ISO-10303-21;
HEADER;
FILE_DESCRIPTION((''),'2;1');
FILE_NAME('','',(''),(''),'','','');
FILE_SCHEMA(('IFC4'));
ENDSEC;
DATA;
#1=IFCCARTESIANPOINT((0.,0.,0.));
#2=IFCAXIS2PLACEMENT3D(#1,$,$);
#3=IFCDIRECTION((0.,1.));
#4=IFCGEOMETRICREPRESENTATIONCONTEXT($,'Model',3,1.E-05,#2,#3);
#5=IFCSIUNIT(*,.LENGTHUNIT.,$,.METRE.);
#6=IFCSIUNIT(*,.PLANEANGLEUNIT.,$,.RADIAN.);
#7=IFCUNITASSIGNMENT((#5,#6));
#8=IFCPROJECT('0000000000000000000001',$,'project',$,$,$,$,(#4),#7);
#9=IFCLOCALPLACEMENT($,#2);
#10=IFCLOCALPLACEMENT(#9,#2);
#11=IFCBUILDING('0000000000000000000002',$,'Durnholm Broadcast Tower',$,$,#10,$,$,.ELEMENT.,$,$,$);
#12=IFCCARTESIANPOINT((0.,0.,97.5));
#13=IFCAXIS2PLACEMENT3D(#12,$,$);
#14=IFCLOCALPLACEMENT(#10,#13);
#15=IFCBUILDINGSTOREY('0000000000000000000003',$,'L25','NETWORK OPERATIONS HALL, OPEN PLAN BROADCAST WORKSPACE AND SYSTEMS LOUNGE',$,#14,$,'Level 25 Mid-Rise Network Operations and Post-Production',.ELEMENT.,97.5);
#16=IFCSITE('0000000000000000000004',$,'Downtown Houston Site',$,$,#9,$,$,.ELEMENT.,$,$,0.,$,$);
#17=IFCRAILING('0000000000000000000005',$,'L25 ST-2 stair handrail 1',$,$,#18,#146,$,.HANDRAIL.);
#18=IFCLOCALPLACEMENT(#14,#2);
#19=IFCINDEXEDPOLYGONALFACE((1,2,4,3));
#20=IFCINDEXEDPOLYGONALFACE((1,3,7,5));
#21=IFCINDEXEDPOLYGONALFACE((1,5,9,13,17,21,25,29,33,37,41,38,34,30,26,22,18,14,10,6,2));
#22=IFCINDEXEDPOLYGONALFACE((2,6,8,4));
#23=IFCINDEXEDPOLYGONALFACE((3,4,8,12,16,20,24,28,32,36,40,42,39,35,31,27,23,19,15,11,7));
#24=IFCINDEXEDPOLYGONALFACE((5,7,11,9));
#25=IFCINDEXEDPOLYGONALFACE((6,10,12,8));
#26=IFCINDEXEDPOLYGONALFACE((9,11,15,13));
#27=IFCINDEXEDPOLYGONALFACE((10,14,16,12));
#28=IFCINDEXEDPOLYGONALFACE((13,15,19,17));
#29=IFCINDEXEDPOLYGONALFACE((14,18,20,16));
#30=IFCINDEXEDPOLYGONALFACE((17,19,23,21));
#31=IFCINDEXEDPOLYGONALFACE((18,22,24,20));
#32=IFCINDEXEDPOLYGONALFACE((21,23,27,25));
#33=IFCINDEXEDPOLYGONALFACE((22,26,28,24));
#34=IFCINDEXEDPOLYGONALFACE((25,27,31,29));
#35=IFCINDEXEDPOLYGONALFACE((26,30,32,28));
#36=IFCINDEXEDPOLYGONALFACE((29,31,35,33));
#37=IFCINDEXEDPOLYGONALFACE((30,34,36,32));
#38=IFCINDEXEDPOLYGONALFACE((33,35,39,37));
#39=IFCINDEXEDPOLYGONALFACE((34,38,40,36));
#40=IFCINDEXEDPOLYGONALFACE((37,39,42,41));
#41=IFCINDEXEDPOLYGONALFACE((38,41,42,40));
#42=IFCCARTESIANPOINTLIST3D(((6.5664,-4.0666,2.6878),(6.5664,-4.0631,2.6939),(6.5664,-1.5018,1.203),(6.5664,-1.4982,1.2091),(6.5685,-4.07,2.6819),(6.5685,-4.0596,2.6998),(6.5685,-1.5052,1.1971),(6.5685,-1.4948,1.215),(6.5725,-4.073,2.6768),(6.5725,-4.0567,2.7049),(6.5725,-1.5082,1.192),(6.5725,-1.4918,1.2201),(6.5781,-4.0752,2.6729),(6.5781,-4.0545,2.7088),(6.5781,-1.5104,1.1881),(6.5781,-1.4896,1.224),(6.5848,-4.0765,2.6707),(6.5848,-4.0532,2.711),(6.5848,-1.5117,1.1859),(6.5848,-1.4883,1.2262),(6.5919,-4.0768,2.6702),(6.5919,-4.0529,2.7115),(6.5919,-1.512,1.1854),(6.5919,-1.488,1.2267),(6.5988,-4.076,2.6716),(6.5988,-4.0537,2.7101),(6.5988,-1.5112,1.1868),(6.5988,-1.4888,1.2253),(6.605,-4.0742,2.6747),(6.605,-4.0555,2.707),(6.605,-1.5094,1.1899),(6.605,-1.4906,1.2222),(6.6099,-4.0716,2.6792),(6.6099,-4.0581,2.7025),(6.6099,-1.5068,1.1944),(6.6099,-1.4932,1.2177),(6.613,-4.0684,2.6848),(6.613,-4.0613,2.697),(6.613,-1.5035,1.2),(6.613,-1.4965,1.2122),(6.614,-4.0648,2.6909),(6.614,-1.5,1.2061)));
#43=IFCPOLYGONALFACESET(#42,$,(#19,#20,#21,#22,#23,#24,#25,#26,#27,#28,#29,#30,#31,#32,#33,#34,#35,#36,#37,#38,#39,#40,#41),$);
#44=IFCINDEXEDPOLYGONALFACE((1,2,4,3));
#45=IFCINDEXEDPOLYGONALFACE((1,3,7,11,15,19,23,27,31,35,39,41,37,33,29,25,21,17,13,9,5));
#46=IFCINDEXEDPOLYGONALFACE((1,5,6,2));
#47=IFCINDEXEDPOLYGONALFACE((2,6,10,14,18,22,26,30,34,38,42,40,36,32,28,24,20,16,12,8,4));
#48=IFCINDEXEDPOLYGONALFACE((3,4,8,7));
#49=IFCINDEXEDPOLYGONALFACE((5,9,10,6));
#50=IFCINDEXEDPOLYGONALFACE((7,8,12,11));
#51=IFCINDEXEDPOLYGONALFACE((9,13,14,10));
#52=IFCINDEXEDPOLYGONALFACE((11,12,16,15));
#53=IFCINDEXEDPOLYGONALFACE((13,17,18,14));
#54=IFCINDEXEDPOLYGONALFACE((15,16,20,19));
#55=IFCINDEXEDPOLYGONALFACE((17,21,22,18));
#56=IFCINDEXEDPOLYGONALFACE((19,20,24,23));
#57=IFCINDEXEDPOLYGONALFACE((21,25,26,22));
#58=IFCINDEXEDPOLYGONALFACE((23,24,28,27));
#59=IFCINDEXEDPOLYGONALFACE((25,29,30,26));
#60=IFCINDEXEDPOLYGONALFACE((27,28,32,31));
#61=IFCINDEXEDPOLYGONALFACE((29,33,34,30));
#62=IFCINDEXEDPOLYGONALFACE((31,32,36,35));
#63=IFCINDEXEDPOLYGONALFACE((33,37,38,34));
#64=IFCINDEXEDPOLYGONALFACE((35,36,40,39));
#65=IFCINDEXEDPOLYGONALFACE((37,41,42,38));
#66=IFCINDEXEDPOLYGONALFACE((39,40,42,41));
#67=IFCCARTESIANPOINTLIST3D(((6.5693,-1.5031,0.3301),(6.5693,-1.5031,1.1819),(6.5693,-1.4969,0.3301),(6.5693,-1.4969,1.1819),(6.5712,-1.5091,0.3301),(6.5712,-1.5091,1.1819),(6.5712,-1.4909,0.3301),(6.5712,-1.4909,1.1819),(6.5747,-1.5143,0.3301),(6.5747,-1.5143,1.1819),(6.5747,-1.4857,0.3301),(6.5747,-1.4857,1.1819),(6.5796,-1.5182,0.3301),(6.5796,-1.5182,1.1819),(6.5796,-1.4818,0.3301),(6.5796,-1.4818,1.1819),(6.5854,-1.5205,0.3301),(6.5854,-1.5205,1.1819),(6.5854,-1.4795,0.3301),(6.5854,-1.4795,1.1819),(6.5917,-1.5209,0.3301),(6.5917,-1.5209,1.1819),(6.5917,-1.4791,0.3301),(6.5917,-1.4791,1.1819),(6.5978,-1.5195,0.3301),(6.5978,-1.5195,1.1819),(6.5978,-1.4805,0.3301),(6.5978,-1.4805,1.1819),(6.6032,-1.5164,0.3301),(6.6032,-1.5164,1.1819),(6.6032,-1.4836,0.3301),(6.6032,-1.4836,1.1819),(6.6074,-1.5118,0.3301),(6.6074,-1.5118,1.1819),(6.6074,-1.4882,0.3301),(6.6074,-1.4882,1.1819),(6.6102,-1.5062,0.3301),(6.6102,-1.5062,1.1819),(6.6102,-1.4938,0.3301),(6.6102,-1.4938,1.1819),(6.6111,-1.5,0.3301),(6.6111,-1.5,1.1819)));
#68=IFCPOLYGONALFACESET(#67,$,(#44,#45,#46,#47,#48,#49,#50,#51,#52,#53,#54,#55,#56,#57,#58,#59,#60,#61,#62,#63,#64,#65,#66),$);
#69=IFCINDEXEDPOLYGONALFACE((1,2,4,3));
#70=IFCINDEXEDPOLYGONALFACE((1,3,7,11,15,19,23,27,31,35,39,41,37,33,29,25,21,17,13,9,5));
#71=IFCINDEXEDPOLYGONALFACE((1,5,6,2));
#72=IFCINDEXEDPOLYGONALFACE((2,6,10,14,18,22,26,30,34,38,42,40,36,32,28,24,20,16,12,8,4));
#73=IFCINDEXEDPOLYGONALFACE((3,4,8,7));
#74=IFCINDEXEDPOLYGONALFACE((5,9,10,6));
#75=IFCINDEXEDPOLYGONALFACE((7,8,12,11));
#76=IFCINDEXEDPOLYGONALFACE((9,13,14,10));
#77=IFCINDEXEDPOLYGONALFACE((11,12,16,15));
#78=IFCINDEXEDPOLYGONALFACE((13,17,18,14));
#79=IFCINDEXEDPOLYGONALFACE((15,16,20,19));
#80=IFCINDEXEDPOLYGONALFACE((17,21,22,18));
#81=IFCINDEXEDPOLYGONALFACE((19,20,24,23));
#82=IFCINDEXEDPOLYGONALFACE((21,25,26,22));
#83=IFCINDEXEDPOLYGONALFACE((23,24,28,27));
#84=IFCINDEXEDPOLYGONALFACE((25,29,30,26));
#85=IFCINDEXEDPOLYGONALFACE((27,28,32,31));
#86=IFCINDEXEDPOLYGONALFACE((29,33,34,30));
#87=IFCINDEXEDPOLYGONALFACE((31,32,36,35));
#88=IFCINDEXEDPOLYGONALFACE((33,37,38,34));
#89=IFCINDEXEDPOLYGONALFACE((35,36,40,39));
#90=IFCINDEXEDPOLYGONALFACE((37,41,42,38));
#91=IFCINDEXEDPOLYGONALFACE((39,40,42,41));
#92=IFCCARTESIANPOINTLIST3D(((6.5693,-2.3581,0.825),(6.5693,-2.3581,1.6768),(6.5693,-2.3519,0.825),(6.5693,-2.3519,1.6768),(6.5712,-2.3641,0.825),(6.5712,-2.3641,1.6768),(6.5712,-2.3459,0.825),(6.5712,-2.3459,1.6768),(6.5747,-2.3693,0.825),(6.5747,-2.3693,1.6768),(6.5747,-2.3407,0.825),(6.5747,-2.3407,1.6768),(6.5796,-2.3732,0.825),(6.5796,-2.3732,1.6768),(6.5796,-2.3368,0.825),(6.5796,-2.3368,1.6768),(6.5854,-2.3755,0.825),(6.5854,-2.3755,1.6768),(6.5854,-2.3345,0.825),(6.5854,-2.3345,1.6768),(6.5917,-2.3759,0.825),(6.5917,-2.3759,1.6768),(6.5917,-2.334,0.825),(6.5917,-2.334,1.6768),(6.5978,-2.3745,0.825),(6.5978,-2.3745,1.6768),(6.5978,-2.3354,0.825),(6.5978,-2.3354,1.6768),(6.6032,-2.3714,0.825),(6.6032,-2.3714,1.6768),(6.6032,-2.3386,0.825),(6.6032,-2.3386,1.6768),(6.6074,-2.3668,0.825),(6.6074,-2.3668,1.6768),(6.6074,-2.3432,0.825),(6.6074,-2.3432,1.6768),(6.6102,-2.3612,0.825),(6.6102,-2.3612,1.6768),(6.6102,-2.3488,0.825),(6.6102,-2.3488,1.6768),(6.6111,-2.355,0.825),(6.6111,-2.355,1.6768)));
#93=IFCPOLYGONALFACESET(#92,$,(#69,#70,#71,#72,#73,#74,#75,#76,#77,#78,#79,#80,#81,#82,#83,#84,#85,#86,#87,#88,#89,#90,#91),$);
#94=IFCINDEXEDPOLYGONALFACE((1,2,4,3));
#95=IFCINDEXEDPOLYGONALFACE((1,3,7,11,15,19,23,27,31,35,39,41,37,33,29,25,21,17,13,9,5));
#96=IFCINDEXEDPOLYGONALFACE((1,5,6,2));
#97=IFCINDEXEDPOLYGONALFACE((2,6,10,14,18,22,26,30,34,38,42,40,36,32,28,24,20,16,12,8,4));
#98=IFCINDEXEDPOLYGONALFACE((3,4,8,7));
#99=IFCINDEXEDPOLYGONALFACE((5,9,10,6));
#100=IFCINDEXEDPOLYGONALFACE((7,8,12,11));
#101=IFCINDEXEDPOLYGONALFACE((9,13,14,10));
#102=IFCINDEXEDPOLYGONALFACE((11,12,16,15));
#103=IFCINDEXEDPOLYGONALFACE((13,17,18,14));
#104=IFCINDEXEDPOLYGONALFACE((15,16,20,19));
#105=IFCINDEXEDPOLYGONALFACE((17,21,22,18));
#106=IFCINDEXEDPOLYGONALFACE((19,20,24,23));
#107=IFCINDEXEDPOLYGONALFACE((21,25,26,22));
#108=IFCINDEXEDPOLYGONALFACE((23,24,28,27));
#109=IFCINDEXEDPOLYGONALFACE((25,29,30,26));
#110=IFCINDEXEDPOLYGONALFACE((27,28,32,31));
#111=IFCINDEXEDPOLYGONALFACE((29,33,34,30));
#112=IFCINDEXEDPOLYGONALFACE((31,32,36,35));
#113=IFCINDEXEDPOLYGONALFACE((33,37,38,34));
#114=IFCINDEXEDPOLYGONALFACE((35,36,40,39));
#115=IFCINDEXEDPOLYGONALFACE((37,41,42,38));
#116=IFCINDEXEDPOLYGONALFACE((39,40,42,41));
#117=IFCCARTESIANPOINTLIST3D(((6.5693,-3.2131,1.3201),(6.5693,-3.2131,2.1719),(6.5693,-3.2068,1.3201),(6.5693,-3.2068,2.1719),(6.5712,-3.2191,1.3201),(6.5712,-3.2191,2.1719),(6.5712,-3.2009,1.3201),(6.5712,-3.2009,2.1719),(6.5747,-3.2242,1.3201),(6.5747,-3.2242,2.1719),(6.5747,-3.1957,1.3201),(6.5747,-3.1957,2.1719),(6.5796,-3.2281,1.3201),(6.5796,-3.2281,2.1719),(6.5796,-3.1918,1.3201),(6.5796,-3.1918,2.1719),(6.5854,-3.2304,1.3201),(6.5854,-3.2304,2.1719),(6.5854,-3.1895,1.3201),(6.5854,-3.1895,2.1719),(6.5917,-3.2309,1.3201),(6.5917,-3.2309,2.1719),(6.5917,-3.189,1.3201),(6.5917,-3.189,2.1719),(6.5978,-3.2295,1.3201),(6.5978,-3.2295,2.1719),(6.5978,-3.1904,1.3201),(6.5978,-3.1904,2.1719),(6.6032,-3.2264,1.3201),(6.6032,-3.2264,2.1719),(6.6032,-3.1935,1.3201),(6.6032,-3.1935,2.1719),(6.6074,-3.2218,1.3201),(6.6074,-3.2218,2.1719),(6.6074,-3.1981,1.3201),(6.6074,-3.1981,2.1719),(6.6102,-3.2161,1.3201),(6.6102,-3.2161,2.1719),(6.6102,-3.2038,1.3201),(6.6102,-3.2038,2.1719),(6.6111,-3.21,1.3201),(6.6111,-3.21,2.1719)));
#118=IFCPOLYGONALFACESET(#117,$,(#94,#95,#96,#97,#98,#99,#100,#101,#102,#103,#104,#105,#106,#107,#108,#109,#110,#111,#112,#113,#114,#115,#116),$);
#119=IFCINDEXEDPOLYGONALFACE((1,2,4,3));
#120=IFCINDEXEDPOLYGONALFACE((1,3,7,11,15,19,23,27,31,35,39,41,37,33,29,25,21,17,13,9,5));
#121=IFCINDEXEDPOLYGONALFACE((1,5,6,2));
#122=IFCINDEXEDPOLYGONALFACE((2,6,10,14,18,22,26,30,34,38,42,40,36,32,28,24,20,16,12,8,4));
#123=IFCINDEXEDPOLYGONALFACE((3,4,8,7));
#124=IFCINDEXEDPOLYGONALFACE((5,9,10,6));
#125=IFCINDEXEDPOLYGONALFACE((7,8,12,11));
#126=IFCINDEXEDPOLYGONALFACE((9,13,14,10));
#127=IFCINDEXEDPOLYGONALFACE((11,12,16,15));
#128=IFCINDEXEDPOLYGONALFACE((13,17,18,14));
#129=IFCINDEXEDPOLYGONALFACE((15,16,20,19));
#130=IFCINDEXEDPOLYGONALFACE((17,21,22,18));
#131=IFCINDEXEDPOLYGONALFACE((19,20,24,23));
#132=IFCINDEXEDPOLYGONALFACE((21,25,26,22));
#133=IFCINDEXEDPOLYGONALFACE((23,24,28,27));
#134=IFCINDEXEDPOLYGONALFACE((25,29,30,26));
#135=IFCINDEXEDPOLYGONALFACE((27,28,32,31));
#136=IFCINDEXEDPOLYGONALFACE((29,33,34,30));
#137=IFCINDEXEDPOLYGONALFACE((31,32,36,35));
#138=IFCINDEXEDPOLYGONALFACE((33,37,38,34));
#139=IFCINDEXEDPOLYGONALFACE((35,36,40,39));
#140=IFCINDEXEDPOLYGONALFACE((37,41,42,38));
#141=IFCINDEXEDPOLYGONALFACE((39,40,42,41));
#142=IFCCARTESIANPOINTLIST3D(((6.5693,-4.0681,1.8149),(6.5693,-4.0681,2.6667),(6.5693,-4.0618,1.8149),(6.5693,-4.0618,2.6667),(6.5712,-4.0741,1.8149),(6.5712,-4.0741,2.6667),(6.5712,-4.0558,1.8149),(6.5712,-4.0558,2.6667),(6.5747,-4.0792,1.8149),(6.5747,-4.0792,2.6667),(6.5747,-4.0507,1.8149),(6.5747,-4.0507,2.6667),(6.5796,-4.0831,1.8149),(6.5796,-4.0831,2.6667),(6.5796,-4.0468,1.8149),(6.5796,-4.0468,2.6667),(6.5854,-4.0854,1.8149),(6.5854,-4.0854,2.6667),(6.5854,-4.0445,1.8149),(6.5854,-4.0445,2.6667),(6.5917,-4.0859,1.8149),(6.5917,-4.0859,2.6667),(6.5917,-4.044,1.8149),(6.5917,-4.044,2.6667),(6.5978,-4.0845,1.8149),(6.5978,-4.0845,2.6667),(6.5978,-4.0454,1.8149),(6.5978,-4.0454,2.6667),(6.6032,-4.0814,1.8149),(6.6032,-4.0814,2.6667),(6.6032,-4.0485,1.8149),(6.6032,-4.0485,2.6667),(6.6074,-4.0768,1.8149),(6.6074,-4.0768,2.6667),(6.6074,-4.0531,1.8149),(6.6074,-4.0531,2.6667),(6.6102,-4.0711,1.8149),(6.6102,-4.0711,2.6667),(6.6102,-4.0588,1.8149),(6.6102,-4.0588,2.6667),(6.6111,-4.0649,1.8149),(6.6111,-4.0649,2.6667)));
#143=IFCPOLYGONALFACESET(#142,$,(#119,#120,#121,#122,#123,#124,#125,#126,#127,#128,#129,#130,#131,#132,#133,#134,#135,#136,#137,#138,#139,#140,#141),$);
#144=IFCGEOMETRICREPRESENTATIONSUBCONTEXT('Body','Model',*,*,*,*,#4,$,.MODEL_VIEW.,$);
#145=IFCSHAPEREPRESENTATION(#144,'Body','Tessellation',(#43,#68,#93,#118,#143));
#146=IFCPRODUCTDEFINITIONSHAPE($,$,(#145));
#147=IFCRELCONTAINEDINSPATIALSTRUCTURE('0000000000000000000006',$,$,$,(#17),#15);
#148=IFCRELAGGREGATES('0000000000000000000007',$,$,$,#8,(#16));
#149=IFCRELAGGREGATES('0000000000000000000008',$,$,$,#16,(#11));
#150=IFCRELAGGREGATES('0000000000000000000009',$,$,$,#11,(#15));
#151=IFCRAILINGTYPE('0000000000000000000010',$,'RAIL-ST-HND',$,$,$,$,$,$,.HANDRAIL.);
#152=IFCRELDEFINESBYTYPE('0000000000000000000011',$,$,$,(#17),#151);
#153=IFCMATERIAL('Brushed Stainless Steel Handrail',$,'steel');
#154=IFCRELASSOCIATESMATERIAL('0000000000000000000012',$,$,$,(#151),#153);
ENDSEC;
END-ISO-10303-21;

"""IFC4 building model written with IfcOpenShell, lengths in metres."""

from ifc_helpers import new_model, si_unit, direction, frame, origin, origin_2d, place, context, subcontext, project, spatial, circle, extrude, material, type_object, element, save


model = new_model("IFC4")

# Units and contexts
model_context = context("Model", 3, precision=1e-05, world=origin(), true_north=direction((0.0, 1.0)))
body_context = subcontext(model_context, "Body", "Model", "MODEL_VIEW")
ifc_project = project(units=[si_unit("LENGTHUNIT", "METRE"), si_unit("PLANEANGLEUNIT", "RADIAN")], contexts=[model_context])

# Site, building, storey
site_placement = place(None, origin())
site = spatial("IfcSite", under=ifc_project, at=site_placement, Name="Downtown Houston Site", CompositionType="ELEMENT", RefElevation=0.0)
building_placement = place(site_placement, origin())
building = spatial("IfcBuilding", under=site, at=building_placement, Name="Durnholm Broadcast Tower", CompositionType="ELEMENT")
storey_placement = place(building_placement, frame((0.0, 0.0, 97.5)))
storey = spatial("IfcBuildingStorey", under=building, at=storey_placement, Name="L25", Description="NETWORK OPERATIONS HALL, OPEN PLAN BROADCAST WORKSPACE AND SYSTEMS LOUNGE", LongName="Level 25 Mid-Rise Network Operations and Post-Production", CompositionType="ELEMENT", Elevation=97.5)

# Railing
ifc_material_1 = material(Name="Brushed Stainless Steel Handrail", Category="steel")
railing_type_1 = type_object("IfcRailingType", Name="RAIL-ST-HND", PredefinedType="HANDRAIL", material=ifc_material_1)
railing_1_placement = place(storey_placement, frame((6.5901, -1.5, 0.3301)))
element("IfcRailing", 1, at=railing_1_placement, inside=storey, type_object=railing_type_1, Name="L25 ST-2 stair handrail 1", PredefinedType="HANDRAIL", context=body_context, shape_type="SweptSolid", body=[
    extrude(circle(Radius=0.0239, at=origin_2d()), frame((0.0, 0.0, 0.876), z_axis=(0.0, -0.865441, 0.50101), x_axis=(1.0, 0.0, 0.0)), (0.0, 0.0, 1.0), 2.9636),
    extrude(circle(Radius=0.021, at=origin_2d()), origin(), (0.0, 0.0, 1.0), 0.8518),
    extrude(circle(Radius=0.021, at=origin_2d()), frame((0.0, -0.855, 0.4949)), (0.0, 0.0, 1.0), 0.8518),
    extrude(circle(Radius=0.021, at=origin_2d()), frame((0.0, -1.71, 0.99)), (0.0, 0.0, 1.0), 0.8518),
    extrude(circle(Radius=0.021, at=origin_2d()), frame((0.0, -2.5649, 1.4849)), (0.0, 0.0, 1.0), 0.8518),
])

save(model, "model.ifc")
